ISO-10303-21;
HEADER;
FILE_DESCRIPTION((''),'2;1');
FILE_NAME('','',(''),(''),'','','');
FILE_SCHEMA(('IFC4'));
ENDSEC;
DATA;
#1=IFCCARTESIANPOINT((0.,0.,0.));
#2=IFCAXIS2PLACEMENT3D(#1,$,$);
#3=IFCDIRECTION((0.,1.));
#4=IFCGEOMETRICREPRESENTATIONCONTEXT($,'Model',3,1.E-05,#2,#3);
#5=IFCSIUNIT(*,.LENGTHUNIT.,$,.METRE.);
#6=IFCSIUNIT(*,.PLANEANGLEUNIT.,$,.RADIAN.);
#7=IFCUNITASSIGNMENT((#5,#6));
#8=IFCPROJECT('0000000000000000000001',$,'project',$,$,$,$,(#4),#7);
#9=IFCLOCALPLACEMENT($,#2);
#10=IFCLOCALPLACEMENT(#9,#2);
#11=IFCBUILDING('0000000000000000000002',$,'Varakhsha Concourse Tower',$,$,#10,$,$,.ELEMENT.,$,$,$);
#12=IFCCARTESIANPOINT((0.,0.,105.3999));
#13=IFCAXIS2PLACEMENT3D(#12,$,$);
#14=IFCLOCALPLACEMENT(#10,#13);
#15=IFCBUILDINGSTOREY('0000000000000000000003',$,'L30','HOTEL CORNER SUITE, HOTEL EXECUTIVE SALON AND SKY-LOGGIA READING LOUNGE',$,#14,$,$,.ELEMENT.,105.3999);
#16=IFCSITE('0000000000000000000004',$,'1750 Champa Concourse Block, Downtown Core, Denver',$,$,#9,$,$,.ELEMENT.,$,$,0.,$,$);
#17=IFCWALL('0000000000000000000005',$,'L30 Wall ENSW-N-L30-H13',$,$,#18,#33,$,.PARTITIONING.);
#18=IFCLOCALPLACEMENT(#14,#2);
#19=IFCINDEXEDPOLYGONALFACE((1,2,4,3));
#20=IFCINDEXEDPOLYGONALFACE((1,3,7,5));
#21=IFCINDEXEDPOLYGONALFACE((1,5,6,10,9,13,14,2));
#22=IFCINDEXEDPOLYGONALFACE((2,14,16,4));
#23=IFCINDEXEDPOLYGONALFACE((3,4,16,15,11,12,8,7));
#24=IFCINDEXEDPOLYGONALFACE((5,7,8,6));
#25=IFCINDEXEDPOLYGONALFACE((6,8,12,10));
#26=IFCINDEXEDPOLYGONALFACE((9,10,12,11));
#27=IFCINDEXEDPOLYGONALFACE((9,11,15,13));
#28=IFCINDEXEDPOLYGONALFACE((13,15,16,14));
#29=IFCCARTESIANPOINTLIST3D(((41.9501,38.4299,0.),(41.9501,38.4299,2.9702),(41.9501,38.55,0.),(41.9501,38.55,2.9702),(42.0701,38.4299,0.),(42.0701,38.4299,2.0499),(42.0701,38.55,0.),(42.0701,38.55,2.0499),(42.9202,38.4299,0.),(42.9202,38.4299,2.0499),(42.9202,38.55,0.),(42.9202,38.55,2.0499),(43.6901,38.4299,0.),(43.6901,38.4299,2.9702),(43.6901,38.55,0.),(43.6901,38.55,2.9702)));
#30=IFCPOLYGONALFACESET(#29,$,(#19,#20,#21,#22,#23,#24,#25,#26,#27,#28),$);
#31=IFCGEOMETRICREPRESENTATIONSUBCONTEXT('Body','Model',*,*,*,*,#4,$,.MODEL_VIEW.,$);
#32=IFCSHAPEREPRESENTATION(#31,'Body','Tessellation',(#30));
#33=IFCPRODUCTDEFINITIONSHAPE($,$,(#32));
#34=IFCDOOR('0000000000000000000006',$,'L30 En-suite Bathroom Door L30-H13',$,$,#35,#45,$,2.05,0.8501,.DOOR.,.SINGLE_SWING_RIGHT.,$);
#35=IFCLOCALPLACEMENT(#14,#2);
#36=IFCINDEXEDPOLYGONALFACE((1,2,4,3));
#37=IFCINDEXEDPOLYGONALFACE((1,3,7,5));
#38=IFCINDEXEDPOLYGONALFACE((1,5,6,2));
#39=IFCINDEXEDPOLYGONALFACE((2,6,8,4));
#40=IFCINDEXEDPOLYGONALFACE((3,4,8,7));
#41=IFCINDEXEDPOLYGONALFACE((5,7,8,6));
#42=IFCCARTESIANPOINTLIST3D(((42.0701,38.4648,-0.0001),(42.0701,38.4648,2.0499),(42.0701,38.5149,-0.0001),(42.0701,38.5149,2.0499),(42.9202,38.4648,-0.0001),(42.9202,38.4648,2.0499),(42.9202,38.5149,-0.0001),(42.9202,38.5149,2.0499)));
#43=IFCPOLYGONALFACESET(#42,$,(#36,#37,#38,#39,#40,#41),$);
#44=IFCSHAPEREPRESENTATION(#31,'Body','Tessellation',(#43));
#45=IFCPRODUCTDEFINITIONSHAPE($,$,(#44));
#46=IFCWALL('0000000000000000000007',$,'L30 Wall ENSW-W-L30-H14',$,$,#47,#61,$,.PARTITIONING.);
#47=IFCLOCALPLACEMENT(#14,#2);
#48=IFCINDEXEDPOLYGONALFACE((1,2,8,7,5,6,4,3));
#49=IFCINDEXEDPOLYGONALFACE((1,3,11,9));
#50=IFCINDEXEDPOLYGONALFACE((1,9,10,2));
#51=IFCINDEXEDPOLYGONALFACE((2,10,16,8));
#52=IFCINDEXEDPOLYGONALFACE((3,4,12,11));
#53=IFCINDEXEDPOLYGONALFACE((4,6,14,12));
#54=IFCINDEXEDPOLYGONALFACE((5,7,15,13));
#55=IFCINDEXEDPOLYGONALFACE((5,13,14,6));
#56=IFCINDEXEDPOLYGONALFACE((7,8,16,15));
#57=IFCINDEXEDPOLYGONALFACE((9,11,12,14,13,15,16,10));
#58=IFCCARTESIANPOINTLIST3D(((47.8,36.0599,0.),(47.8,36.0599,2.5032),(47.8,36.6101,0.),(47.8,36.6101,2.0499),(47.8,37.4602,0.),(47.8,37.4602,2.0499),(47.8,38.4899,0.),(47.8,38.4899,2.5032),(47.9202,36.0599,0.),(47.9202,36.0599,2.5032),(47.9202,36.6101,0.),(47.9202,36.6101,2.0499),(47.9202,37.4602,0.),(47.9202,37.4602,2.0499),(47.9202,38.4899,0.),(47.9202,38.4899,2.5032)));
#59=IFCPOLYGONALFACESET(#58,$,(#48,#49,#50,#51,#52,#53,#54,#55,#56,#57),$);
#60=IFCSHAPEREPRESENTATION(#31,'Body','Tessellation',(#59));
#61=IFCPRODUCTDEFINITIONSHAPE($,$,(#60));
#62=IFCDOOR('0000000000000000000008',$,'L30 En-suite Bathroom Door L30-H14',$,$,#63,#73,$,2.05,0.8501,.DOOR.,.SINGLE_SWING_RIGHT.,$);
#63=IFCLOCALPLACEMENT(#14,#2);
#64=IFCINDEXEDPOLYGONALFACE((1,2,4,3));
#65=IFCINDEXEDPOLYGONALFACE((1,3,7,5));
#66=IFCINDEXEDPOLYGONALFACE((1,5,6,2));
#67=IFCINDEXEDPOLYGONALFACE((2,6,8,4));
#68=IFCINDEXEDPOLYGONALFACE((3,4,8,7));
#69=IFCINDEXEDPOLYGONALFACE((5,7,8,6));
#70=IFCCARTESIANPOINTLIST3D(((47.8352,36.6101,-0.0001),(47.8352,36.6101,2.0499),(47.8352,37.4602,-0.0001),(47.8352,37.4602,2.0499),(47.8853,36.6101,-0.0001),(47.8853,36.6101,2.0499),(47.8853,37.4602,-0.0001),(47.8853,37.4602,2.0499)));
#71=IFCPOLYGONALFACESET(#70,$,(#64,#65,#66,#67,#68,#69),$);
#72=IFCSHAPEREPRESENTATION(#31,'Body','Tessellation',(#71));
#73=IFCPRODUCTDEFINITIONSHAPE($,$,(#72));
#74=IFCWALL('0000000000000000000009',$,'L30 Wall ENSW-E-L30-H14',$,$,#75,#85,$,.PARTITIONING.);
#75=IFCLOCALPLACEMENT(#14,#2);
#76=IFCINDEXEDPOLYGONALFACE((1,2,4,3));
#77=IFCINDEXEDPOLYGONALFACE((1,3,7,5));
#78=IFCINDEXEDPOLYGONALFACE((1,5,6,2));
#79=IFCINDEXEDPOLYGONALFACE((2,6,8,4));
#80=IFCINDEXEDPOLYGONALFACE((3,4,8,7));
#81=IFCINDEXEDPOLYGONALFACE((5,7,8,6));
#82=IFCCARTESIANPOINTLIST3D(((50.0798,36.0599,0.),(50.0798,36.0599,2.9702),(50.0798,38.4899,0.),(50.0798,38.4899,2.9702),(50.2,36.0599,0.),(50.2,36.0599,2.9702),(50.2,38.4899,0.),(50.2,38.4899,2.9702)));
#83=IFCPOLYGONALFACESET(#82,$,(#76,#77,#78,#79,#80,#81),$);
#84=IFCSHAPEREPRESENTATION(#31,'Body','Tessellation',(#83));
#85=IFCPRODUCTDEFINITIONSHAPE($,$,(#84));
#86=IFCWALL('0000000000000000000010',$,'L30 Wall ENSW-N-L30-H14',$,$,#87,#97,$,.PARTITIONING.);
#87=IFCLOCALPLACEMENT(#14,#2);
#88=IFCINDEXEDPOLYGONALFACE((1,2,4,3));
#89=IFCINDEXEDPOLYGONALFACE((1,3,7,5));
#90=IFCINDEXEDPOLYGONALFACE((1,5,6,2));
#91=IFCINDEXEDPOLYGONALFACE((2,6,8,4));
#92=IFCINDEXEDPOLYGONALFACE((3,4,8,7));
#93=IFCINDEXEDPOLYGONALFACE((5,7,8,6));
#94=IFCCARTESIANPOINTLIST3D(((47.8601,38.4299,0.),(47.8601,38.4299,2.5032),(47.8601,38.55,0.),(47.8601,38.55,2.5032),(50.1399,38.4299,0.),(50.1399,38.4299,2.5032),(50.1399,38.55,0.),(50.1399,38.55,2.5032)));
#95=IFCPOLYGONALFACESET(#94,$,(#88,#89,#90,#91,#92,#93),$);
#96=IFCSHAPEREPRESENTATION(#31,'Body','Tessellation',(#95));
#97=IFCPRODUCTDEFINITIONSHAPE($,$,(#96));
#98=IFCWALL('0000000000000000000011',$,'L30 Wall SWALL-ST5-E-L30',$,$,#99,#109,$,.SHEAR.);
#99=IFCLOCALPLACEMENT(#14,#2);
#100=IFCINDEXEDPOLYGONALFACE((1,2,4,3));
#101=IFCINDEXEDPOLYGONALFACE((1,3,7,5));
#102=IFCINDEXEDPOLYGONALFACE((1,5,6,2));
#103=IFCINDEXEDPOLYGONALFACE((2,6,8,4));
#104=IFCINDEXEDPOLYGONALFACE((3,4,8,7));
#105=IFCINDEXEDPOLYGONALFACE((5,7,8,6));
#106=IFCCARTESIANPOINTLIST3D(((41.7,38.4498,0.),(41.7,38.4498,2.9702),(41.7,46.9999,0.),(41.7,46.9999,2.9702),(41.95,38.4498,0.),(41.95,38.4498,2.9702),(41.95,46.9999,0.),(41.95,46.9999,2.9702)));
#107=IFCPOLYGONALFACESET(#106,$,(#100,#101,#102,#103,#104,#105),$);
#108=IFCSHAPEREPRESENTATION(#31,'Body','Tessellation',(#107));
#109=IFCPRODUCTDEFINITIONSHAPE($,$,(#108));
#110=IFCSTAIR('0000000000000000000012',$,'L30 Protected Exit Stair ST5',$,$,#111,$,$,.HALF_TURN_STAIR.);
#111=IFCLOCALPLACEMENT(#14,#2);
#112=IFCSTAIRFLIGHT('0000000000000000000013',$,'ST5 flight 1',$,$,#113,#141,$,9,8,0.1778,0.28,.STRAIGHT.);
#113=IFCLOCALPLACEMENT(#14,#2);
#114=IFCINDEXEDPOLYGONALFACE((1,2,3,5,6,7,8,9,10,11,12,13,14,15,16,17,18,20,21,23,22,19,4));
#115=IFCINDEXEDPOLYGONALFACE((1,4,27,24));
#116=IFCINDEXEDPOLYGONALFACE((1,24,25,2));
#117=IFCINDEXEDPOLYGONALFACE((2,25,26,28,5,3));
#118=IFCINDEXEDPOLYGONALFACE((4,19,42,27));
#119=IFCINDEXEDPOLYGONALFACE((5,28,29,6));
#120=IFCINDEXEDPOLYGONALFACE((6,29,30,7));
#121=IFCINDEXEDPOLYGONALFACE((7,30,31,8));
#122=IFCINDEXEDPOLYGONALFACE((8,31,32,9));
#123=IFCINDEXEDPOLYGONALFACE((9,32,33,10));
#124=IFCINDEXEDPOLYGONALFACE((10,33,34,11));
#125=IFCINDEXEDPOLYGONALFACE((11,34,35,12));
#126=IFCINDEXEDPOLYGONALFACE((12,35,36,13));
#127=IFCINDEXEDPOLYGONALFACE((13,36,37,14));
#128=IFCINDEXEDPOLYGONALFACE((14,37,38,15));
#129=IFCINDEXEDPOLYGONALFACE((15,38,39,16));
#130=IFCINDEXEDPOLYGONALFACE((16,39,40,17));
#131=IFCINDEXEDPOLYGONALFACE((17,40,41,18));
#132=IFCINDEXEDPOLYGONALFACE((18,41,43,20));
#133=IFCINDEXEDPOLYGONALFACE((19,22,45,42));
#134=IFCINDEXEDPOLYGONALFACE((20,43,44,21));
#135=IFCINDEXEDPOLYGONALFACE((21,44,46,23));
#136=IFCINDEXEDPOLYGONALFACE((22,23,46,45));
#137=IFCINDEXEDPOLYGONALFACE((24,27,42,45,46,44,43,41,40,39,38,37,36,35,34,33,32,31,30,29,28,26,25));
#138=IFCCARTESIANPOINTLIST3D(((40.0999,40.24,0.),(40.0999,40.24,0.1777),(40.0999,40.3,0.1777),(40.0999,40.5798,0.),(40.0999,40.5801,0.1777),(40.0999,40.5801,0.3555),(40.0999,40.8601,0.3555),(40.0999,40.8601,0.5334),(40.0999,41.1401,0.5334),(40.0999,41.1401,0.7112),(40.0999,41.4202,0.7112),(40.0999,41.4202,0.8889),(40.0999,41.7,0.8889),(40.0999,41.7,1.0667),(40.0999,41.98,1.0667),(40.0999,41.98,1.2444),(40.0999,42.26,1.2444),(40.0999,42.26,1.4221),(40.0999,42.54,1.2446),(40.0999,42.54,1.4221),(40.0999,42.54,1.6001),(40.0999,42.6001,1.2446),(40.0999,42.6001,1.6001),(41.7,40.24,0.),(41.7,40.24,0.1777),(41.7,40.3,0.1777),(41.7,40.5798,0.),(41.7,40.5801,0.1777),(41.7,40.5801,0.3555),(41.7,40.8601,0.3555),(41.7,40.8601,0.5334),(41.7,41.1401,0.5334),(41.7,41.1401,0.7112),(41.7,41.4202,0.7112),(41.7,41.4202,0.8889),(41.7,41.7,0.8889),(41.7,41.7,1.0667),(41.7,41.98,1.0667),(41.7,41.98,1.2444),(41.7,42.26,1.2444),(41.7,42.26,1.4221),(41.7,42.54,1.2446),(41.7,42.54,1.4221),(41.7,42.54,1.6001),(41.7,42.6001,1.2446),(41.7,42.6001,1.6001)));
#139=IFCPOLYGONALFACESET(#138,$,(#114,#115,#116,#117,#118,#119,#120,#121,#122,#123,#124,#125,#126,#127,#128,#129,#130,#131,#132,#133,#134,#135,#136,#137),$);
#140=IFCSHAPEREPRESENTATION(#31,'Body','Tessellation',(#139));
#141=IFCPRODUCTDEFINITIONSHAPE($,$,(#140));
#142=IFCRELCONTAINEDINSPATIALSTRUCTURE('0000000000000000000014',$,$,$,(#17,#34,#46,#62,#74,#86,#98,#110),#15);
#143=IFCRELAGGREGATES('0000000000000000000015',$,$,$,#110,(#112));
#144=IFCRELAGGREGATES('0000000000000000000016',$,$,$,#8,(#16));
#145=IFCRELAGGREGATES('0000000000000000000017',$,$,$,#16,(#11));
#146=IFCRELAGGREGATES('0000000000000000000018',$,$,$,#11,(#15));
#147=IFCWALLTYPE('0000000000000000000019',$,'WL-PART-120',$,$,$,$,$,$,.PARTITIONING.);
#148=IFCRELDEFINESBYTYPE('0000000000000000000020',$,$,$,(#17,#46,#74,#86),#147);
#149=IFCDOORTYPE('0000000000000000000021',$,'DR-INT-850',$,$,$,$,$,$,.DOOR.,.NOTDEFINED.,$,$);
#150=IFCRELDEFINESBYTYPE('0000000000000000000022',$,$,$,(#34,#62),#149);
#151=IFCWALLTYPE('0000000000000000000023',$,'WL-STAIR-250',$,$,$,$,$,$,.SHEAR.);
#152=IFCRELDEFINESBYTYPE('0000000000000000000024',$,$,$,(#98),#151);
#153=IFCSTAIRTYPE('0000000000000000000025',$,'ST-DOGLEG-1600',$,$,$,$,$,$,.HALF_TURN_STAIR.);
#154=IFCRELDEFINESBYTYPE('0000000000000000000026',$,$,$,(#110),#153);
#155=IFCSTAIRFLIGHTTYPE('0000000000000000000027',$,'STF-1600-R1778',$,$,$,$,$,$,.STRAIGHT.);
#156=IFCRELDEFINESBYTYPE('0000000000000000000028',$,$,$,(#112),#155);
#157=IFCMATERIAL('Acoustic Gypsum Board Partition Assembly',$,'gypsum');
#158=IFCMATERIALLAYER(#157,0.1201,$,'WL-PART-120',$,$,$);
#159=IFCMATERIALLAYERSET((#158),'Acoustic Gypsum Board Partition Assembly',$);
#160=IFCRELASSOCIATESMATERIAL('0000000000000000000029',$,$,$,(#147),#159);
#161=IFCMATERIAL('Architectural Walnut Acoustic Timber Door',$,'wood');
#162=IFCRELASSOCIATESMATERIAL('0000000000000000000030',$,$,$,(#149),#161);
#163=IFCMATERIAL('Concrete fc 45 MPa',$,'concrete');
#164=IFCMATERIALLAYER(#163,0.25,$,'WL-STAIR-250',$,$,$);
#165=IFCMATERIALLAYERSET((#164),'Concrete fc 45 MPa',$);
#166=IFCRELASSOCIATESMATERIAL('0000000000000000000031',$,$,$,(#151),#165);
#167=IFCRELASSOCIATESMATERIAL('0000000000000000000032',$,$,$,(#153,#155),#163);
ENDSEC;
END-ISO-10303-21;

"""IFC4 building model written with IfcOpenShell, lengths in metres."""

from ifc_helpers import new_model, si_unit, direction, frame, frame_2d, origin, place, context, subcontext, project, spatial, polyline, rectangle, outline, extrude, material, layer, layer_set, type_object, element, fill, aggregate, save


model = new_model("IFC4")

# Units and contexts
model_context = context("Model", 3, precision=1e-05, world=origin(), true_north=direction((0.0, 1.0)))
body_context = subcontext(model_context, "Body", "Model", "MODEL_VIEW")
ifc_project = project(units=[si_unit("LENGTHUNIT", "METRE"), si_unit("PLANEANGLEUNIT", "RADIAN")], contexts=[model_context])

# Site, building, storey
site_placement = place(None, origin())
site = spatial("IfcSite", under=ifc_project, at=site_placement, Name="1750 Champa Concourse Block, Downtown Core, Denver", CompositionType="ELEMENT", RefElevation=0.0)
building_placement = place(site_placement, origin())
building = spatial("IfcBuilding", under=site, at=building_placement, Name="Varakhsha Concourse Tower", CompositionType="ELEMENT")
storey_placement = place(building_placement, frame((0.0, 0.0, 105.3999)))
storey = spatial("IfcBuildingStorey", under=building, at=storey_placement, Name="L30", Description="HOTEL CORNER SUITE, HOTEL EXECUTIVE SALON AND SKY-LOGGIA READING LOUNGE", CompositionType="ELEMENT", Elevation=105.3999)

# Walls, openings, doors
ifc_material_1 = material(Name="Acoustic Gypsum Board Partition Assembly", Category="gypsum")
ifc_layer_1 = layer(ifc_material_1, 0.1201, Name="WL-PART-120")
ifc_layer_set_1 = layer_set([ifc_layer_1], Name="Acoustic Gypsum Board Partition Assembly")
wall_type_1 = type_object("IfcWallType", Name="WL-PART-120", PredefinedType="PARTITIONING", material=ifc_layer_set_1)
wall_1_placement = place(storey_placement, frame((41.95, 38.49, 0.0), z_axis=(0.0, 0.0, 1.0), x_axis=(1.0, 0.0, 0.0)))
wall_1 = element("IfcWall", 1, at=wall_1_placement, inside=storey, type_object=wall_type_1, Name="L30 Wall ENSW-N-L30-H13", PredefinedType="PARTITIONING", context=body_context, shape_type="SweptSolid", body=[
    extrude(rectangle(XDim=1.74, YDim=0.1201, at=frame_2d((0.8701, 0.0))), origin(), (0.0, 0.0, 1.0), 2.9702),
])
opening_1_placement = place(wall_1_placement, frame((0.1201, 0.0, 0.0)))
opening_1 = element("IfcOpeningElement", 2, at=opening_1_placement, cuts=wall_1, PredefinedType="OPENING", context=body_context, shape_type="SweptSolid", body=[
    extrude(rectangle(XDim=0.8501, YDim=2.05, at=frame_2d((0.425, 1.0249))), frame((0.0, 0.0701, 0.0), z_axis=(0.0, -1.0, 0.0), x_axis=(1.0, 0.0, 0.0)), (0.0, 0.0, 1.0), 0.1401),
])
ifc_material_2 = material(Name="Architectural Walnut Acoustic Timber Door", Category="wood")
door_type = type_object("IfcDoorType", Name="DR-INT-850", OperationType="NOTDEFINED", PredefinedType="DOOR", material=ifc_material_2)
door_1_placement = place(opening_1_placement, origin())
door_1 = element("IfcDoor", 3, at=door_1_placement, inside=storey, type_object=door_type, Name="L30 En-suite Bathroom Door L30-H13", OperationType="SINGLE_SWING_RIGHT", OverallHeight=2.05, OverallWidth=0.8501, PredefinedType="DOOR", context=body_context, shape_type="SweptSolid", body=[
    extrude(rectangle(XDim=0.8501, YDim=2.05, at=frame_2d((0.425, 1.0249))), frame((0.0, 0.0249, 0.0), z_axis=(0.0, -1.0, 0.0), x_axis=(1.0, 0.0, 0.0)), (0.0, 0.0, 1.0), 0.05),
])
fill(opening_1, door_1)
wall_2_placement = place(storey_placement, frame((47.8601, 36.0601, 0.0), z_axis=(0.0, 0.0, 1.0), x_axis=(0.0, 1.0, 0.0)))
wall_2 = element("IfcWall", 4, at=wall_2_placement, inside=storey, type_object=wall_type_1, Name="L30 Wall ENSW-W-L30-H14", PredefinedType="PARTITIONING", context=body_context, shape_type="SweptSolid", body=[
    extrude(rectangle(XDim=2.4299, YDim=0.1201, at=frame_2d((1.2148, 0.0))), origin(), (0.0, 0.0, 1.0), 2.5032),
])
opening_2_placement = place(wall_2_placement, frame((0.55, 0.0, 0.0)))
opening_2 = element("IfcOpeningElement", 5, at=opening_2_placement, cuts=wall_2, PredefinedType="OPENING", context=body_context, shape_type="SweptSolid", body=[
    extrude(rectangle(XDim=0.8501, YDim=2.05, at=frame_2d((0.425, 1.0249))), frame((0.0, 0.0701, 0.0), z_axis=(0.0, -1.0, 0.0), x_axis=(1.0, 0.0, 0.0)), (0.0, 0.0, 1.0), 0.1401),
])
door_2_placement = place(opening_2_placement, origin())
door_2 = element("IfcDoor", 6, at=door_2_placement, inside=storey, type_object=door_type, Name="L30 En-suite Bathroom Door L30-H14", OperationType="SINGLE_SWING_RIGHT", OverallHeight=2.05, OverallWidth=0.8501, PredefinedType="DOOR", context=body_context, shape_type="SweptSolid", body=[
    extrude(rectangle(XDim=0.8501, YDim=2.05, at=frame_2d((0.425, 1.0249))), frame((0.0, 0.0249, 0.0), z_axis=(0.0, -1.0, 0.0), x_axis=(1.0, 0.0, 0.0)), (0.0, 0.0, 1.0), 0.05),
])
fill(opening_2, door_2)

# Walls
wall_3_placement = place(storey_placement, frame((50.1399, 36.0601, 0.0), z_axis=(0.0, 0.0, 1.0), x_axis=(0.0, 1.0, 0.0)))
element("IfcWall", 7, at=wall_3_placement, inside=storey, type_object=wall_type_1, Name="L30 Wall ENSW-E-L30-H14", PredefinedType="PARTITIONING", context=body_context, shape_type="SweptSolid", body=[
    extrude(rectangle(XDim=2.4299, YDim=0.1201, at=frame_2d((1.2148, 0.0))), origin(), (0.0, 0.0, 1.0), 2.9702),
])
wall_4_placement = place(storey_placement, frame((47.8601, 38.49, 0.0), z_axis=(0.0, 0.0, 1.0), x_axis=(1.0, 0.0, 0.0)))
element("IfcWall", 8, at=wall_4_placement, inside=storey, type_object=wall_type_1, Name="L30 Wall ENSW-N-L30-H14", PredefinedType="PARTITIONING", context=body_context, shape_type="SweptSolid", body=[
    extrude(rectangle(XDim=2.2798, YDim=0.1201, at=frame_2d((1.1399, 0.0))), origin(), (0.0, 0.0, 1.0), 2.5032),
])
ifc_material_3 = material(Name="Concrete fc 45 MPa", Category="concrete")
ifc_layer_2 = layer(ifc_material_3, 0.25, Name="WL-STAIR-250")
ifc_layer_set_2 = layer_set([ifc_layer_2], Name="Concrete fc 45 MPa")
wall_type_2 = type_object("IfcWallType", Name="WL-STAIR-250", PredefinedType="SHEAR", material=ifc_layer_set_2)
wall_5_placement = place(storey_placement, frame((41.825, 38.45, 0.0), z_axis=(0.0, 0.0, 1.0), x_axis=(0.0, 1.0, 0.0)))
element("IfcWall", 9, at=wall_5_placement, inside=storey, type_object=wall_type_2, Name="L30 Wall SWALL-ST5-E-L30", PredefinedType="SHEAR", context=body_context, shape_type="SweptSolid", body=[
    extrude(rectangle(XDim=8.55, YDim=0.25, at=frame_2d((4.2749, 0.0))), origin(), (0.0, 0.0, 1.0), 2.9702),
])

# Stair, stair flight
stair_type = type_object("IfcStairType", Name="ST-DOGLEG-1600", PredefinedType="HALF_TURN_STAIR", material=ifc_material_3)
stair_placement = place(storey_placement, origin())
stair = element("IfcStair", 10, at=stair_placement, inside=storey, type_object=stair_type, Name="L30 Protected Exit Stair ST5", PredefinedType="HALF_TURN_STAIR")
stair_flight_type = type_object("IfcStairFlightType", Name="STF-1600-R1778", PredefinedType="STRAIGHT", material=ifc_material_3)
stair_flight_placement = place(storey_placement, frame((40.8999, 40.3, 0.0), z_axis=(0.0, 0.0, 1.0), x_axis=(0.0, 1.0, 0.0)))
stair_flight = element("IfcStairFlight", 11, at=stair_flight_placement, type_object=stair_flight_type, Name="ST5 flight 1", NumberOfRisers=9, NumberOfTreads=8, PredefinedType="STRAIGHT", RiserHeight=0.1778, TreadLength=0.28, context=body_context, shape_type="SweptSolid", body=[
    extrude(outline(polyline([(-0.0601, 0.0), (-0.0601, 0.1777), (0.0, 0.1777), (0.28, 0.1777), (0.28, 0.3555), (0.5601, 0.3555), (0.5601, 0.5334), (0.8401, 0.5334), (0.8401, 0.7112), (1.1201, 0.7112), (1.1201, 0.8889), (1.3999, 0.8889), (1.3999, 1.0667), (1.6799, 1.0667), (1.6799, 1.2444), (1.96, 1.2444), (1.96, 1.4221), (2.24, 1.4221), (2.24, 1.6001), (2.3, 1.6001), (2.3, 1.2446), (2.24, 1.2446), (0.2798, 0.0), (-0.0601, 0.0)])), frame((0.0, 0.8, 0.0), z_axis=(0.0, -1.0, 0.0), x_axis=(1.0, 0.0, 0.0)), (0.0, 0.0, 1.0), 1.6001),
])
aggregate(stair, [stair_flight])

save(model, "model.ifc")
